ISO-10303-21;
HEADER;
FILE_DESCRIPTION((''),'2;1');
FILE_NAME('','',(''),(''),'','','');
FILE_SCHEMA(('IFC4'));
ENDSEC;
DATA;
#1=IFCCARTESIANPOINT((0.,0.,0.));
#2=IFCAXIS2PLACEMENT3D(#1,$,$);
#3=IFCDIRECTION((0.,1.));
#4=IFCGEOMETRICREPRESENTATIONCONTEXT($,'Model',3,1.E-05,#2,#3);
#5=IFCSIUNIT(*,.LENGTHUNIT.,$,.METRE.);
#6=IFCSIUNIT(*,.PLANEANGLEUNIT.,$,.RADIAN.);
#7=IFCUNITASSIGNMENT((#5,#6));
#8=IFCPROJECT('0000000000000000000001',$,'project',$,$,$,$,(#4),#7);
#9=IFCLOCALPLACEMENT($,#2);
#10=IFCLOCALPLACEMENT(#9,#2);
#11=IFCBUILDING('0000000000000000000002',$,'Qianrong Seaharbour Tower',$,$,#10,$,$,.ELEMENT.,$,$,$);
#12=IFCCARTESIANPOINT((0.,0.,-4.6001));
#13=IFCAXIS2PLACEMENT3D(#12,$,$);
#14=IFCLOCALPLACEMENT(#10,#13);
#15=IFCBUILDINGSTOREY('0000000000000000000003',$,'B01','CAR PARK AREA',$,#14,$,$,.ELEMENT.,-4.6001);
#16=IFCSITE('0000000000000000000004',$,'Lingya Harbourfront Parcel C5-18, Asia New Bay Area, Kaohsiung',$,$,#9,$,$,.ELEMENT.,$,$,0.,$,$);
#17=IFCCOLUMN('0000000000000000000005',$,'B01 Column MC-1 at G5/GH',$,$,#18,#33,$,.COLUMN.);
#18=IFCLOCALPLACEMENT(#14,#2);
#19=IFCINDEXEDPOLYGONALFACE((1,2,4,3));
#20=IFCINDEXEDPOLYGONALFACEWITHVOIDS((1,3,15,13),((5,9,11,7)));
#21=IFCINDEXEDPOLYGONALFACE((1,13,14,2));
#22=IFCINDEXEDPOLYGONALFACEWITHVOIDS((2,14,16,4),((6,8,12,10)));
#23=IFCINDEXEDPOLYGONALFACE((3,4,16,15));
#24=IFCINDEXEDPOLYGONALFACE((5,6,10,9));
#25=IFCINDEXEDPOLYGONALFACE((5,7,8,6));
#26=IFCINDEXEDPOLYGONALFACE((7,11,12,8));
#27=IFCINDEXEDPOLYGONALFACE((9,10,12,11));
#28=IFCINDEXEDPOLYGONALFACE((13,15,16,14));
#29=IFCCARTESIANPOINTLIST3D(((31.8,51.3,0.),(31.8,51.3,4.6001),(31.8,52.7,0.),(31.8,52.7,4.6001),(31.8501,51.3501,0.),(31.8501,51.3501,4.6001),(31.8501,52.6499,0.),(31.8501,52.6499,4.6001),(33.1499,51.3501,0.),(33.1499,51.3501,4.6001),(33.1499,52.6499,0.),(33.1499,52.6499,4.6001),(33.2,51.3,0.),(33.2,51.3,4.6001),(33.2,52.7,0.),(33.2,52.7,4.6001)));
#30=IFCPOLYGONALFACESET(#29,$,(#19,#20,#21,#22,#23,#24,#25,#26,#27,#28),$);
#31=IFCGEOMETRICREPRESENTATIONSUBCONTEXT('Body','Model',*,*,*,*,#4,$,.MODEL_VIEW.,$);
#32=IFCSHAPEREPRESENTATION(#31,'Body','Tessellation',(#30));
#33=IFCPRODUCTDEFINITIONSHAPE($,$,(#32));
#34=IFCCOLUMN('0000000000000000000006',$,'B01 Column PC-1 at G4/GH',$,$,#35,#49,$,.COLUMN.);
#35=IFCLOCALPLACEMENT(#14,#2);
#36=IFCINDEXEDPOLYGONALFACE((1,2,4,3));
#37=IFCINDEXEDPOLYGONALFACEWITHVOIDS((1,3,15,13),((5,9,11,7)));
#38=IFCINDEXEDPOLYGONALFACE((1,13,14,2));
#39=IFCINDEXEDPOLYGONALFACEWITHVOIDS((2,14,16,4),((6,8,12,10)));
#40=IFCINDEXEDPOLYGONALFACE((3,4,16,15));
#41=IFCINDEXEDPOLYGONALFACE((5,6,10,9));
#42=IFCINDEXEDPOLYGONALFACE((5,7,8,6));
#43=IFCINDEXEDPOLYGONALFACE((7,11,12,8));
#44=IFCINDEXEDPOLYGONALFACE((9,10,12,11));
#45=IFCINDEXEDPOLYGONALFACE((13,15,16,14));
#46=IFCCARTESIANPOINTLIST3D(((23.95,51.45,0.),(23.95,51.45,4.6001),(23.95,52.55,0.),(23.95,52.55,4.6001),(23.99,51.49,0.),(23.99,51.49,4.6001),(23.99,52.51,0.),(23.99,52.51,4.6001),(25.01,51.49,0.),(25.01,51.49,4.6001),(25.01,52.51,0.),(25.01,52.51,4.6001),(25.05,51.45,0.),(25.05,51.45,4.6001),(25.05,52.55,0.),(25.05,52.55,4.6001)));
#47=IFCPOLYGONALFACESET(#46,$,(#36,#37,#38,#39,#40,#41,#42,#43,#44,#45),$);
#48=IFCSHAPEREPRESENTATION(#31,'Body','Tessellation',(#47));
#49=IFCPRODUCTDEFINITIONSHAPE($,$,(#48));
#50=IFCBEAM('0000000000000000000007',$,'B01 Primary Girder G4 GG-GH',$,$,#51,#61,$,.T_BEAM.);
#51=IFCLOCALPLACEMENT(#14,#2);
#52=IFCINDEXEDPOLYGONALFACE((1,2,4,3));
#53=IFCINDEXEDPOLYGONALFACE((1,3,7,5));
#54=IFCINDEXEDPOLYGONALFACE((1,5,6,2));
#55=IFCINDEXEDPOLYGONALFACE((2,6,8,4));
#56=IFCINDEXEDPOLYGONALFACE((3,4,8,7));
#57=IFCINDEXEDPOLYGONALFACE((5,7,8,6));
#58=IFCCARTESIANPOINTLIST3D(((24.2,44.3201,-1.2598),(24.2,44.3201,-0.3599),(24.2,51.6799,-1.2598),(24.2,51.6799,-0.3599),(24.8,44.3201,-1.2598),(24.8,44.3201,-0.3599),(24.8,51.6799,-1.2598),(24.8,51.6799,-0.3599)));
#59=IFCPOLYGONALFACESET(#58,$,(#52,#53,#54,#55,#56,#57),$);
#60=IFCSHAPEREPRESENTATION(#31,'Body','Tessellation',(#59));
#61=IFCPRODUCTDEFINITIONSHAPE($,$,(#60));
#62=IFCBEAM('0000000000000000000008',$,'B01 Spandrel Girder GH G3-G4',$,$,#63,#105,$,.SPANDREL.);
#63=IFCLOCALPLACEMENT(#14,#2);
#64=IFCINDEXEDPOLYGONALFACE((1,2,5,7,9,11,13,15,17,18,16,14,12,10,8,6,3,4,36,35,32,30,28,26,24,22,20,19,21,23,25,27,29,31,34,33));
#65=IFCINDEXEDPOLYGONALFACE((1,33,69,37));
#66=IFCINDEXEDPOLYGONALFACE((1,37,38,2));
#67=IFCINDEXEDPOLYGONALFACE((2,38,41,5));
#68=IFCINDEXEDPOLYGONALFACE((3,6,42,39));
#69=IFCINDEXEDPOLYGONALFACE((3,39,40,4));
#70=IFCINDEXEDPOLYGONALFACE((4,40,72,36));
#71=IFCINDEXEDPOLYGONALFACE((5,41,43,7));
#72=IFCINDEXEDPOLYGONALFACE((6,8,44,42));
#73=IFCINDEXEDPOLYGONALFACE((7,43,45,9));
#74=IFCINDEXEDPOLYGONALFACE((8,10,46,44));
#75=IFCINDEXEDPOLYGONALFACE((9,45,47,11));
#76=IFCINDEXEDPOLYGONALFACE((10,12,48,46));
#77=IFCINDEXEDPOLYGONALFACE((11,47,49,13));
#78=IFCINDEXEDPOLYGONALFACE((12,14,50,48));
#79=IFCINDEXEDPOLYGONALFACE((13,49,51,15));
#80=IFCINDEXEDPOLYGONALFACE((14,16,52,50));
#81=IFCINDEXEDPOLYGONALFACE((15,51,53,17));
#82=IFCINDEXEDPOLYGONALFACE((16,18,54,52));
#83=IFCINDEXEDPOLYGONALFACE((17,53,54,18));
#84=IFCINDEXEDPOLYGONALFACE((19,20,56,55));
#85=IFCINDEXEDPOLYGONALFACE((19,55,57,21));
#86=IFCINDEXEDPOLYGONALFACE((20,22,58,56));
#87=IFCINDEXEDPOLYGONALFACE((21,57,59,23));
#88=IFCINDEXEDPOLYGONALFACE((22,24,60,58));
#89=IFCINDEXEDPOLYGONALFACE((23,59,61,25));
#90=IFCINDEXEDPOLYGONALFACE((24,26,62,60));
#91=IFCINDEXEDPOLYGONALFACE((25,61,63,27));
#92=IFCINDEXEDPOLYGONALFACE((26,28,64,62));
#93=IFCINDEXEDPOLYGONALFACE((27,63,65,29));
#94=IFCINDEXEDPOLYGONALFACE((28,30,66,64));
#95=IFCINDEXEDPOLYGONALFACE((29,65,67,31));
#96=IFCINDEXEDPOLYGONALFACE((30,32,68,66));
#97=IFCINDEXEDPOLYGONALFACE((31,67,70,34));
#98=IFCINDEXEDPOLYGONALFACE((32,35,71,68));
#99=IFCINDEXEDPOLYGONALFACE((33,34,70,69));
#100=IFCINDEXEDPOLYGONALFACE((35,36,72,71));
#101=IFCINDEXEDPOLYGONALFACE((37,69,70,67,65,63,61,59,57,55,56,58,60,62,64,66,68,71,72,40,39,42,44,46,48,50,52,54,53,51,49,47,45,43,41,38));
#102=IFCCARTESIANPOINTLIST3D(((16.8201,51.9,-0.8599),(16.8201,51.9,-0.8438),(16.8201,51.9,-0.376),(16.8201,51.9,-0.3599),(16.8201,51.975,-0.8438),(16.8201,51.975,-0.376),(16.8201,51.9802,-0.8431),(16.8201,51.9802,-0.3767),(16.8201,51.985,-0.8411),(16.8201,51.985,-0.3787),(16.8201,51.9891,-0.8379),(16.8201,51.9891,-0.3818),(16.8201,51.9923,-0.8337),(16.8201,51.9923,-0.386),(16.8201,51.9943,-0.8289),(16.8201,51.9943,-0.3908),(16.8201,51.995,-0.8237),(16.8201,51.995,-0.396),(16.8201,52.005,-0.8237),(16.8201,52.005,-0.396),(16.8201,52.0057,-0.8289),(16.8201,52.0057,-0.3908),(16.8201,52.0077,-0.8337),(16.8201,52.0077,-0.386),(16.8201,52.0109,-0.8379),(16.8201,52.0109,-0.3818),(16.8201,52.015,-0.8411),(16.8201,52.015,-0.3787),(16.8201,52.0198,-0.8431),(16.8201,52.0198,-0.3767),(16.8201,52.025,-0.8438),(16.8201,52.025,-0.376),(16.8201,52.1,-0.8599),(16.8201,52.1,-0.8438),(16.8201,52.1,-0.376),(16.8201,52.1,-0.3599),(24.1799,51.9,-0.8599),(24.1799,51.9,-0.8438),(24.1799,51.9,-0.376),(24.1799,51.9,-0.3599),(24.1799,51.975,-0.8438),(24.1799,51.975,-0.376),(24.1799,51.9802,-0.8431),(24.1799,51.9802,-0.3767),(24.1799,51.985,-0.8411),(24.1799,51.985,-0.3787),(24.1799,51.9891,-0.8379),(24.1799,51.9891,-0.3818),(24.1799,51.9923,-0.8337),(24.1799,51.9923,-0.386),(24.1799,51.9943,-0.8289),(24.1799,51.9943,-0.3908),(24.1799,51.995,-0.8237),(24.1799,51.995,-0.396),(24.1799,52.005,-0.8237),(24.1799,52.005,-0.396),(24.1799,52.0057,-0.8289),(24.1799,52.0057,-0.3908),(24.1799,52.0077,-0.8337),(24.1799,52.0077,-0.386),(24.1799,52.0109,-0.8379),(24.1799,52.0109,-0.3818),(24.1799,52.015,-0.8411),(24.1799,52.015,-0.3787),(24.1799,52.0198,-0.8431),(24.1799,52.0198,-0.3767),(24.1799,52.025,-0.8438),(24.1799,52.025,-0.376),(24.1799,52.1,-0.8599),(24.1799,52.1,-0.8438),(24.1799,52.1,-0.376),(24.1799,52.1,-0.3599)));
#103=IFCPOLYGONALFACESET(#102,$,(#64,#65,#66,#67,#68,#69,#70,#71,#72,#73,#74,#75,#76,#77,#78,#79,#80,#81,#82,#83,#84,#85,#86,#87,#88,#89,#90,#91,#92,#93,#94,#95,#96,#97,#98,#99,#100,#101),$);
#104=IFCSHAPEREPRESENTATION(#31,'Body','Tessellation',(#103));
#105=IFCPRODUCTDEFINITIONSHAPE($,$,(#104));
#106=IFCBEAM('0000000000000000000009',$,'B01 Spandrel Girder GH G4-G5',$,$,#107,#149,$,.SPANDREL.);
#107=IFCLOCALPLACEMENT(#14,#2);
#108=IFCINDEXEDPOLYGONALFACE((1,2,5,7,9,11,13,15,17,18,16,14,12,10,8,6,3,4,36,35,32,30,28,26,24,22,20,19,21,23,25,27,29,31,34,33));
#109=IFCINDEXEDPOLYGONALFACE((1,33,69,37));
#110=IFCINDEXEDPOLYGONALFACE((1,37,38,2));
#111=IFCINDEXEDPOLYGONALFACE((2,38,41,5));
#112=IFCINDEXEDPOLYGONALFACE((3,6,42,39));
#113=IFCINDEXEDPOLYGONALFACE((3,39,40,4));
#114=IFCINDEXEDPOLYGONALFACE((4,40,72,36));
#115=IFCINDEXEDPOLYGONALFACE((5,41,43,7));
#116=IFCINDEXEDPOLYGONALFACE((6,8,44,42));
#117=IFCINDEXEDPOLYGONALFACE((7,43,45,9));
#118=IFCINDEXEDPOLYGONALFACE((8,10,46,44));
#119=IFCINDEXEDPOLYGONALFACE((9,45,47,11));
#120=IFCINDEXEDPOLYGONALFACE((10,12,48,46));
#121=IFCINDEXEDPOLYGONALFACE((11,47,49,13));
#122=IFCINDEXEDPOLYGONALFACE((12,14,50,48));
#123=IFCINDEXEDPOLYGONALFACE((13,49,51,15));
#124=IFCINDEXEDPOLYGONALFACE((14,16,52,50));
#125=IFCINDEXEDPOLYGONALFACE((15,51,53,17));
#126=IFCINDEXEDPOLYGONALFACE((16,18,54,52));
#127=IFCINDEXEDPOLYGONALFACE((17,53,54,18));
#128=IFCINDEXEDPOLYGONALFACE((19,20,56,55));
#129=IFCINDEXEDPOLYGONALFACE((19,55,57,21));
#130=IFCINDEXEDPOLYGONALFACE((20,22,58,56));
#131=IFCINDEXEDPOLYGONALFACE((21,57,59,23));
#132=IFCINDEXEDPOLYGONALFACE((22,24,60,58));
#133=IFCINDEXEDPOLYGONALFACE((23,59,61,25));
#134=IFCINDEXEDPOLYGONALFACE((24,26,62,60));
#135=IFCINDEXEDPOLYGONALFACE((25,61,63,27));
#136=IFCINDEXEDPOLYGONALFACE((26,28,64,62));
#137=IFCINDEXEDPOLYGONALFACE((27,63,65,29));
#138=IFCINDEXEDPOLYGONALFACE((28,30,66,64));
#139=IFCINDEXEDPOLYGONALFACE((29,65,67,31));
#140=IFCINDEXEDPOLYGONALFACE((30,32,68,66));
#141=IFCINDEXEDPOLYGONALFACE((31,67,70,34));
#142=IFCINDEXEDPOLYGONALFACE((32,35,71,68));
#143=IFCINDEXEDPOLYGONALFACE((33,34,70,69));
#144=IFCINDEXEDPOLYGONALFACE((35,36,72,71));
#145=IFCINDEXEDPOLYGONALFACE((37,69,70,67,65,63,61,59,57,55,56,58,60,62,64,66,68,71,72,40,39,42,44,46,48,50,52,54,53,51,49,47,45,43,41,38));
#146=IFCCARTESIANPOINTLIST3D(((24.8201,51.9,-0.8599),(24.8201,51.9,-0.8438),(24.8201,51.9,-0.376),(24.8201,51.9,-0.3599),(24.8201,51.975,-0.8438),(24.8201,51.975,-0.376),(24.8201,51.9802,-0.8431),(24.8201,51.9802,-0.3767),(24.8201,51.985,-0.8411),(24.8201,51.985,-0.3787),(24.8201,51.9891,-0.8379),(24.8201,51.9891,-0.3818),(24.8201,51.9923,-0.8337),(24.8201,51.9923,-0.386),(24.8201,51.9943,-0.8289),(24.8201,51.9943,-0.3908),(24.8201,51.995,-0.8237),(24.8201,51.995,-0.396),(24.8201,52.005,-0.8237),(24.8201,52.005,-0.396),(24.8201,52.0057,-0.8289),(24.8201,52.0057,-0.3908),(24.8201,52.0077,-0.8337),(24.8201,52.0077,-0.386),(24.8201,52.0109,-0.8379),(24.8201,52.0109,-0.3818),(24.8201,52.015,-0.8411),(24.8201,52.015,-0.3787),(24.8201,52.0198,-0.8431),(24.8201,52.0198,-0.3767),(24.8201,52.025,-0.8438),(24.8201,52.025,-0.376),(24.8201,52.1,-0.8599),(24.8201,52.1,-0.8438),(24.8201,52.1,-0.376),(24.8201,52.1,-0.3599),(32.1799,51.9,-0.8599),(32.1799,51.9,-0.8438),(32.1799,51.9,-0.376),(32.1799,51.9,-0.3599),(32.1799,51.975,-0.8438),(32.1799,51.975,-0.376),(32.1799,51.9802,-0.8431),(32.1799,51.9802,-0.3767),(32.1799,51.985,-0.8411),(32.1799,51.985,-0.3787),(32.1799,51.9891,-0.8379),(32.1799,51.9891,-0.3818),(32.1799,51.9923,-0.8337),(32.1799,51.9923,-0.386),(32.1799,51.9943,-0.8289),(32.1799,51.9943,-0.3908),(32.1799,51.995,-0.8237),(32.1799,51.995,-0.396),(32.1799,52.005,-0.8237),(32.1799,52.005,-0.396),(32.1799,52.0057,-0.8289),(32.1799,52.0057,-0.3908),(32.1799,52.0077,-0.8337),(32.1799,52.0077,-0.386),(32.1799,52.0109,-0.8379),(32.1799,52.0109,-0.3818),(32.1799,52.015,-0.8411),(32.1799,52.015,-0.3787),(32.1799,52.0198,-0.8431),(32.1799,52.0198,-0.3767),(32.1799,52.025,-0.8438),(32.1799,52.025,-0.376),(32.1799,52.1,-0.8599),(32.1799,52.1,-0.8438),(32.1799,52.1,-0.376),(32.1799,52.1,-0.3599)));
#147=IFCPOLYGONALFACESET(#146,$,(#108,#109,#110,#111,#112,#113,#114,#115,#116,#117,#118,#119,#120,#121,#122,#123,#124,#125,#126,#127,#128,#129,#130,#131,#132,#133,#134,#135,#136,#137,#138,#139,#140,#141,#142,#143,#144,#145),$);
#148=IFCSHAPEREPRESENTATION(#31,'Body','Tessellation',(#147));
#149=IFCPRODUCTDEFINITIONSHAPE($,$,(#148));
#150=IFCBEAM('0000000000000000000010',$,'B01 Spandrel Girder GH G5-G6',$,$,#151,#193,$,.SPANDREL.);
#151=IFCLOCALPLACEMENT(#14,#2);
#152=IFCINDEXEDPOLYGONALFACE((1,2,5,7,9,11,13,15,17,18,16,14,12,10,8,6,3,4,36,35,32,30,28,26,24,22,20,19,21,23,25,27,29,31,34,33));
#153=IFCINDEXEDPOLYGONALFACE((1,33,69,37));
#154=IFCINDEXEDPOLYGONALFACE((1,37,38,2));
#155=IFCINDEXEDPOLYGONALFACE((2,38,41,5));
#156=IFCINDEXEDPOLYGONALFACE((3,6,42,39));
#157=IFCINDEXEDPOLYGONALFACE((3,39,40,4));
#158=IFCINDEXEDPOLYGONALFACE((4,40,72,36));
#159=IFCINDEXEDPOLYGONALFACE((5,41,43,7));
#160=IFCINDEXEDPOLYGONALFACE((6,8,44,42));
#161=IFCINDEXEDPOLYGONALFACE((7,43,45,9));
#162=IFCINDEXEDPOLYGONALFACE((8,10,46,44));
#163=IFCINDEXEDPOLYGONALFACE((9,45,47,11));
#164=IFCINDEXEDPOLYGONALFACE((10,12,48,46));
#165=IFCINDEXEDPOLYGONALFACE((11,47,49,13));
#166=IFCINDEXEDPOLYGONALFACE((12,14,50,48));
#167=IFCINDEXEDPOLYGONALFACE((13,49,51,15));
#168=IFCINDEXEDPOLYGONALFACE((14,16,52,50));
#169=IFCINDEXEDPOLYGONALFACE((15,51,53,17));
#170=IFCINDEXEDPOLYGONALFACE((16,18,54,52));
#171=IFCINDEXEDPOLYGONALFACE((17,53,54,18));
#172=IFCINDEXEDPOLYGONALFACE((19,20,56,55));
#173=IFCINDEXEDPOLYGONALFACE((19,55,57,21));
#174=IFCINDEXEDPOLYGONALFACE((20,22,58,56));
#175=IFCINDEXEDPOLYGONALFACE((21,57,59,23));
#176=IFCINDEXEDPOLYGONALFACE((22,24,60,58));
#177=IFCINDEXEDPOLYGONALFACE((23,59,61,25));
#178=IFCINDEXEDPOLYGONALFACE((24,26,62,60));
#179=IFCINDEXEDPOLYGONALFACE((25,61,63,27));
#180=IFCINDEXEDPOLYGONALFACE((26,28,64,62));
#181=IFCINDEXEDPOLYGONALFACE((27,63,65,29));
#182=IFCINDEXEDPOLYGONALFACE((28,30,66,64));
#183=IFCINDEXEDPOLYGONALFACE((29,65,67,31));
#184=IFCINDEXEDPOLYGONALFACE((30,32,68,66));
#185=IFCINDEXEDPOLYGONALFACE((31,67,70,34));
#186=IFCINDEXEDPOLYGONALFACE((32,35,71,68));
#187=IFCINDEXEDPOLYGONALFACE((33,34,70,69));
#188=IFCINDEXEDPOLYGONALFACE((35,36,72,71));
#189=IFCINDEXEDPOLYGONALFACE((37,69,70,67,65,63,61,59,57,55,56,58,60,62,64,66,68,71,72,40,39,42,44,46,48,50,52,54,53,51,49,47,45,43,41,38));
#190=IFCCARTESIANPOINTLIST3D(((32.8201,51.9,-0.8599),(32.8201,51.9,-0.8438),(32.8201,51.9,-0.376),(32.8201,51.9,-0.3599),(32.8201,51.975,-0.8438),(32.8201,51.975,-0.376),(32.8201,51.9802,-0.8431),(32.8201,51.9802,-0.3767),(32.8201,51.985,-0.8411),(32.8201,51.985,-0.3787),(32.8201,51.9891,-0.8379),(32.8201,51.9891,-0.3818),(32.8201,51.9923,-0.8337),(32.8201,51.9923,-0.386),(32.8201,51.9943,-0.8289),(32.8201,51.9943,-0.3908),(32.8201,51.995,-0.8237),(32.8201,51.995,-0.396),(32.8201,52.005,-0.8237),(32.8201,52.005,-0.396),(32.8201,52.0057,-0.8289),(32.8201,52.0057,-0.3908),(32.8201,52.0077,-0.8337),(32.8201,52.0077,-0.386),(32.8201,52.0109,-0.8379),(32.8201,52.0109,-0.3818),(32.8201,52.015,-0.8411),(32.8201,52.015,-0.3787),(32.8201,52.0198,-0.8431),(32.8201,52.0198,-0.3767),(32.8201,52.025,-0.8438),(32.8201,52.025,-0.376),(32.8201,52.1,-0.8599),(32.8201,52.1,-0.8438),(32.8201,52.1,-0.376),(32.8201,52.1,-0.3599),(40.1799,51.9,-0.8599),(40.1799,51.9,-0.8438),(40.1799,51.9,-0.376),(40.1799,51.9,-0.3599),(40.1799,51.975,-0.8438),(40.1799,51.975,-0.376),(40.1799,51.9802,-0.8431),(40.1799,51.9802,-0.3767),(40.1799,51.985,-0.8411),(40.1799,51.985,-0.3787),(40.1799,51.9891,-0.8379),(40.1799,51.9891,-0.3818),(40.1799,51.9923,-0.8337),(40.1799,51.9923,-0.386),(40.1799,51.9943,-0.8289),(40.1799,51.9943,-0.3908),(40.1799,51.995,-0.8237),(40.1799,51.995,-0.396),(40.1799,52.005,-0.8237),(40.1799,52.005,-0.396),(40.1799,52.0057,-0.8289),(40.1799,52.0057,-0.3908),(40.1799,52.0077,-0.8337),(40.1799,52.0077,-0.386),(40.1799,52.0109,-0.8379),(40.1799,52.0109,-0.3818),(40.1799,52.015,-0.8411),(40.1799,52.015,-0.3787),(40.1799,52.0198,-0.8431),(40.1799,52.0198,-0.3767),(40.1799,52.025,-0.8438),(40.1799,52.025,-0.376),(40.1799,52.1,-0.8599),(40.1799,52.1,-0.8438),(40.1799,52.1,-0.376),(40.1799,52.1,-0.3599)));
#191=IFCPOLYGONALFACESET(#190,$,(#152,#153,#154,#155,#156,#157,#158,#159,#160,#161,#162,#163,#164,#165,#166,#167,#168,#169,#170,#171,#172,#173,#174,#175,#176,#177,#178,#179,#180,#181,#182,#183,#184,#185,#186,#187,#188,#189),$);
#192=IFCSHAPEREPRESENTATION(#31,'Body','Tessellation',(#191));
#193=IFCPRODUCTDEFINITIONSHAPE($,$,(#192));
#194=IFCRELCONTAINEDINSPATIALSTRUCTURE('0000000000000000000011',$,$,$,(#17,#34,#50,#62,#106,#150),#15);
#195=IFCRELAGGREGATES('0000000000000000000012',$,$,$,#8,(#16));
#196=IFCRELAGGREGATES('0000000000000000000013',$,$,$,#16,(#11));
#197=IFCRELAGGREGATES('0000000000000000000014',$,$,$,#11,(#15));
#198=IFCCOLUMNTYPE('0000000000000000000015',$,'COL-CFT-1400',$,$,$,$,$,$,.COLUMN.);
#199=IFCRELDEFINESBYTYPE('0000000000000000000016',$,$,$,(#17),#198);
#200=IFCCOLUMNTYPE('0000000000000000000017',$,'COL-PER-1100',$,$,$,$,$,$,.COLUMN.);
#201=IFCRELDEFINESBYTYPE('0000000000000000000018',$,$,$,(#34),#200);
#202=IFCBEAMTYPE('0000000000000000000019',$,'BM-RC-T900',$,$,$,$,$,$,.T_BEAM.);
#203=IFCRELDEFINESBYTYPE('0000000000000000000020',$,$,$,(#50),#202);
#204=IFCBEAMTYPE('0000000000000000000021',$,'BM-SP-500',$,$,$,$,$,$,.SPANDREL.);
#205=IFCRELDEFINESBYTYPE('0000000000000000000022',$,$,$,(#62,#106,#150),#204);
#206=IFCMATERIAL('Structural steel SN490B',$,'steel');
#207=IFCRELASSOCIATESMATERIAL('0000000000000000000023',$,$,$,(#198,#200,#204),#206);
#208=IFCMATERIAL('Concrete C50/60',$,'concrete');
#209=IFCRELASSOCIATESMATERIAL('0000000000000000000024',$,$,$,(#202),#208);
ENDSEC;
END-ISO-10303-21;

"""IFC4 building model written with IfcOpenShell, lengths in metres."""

from ifc_helpers import new_model, si_unit, direction, frame, origin, origin_2d, place, context, subcontext, project, spatial, rectangle, hollow_rectangle, i_section, extrude, material, material_profile, profile_set, type_object, element, save


model = new_model("IFC4")

# Units and contexts
model_context = context("Model", 3, precision=1e-05, world=origin(), true_north=direction((0.0, 1.0)))
body_context = subcontext(model_context, "Body", "Model", "MODEL_VIEW")
ifc_project = project(units=[si_unit("LENGTHUNIT", "METRE"), si_unit("PLANEANGLEUNIT", "RADIAN")], contexts=[model_context])

# Site, building, storey
site_placement = place(None, origin())
site = spatial("IfcSite", under=ifc_project, at=site_placement, Name="Lingya Harbourfront Parcel C5-18, Asia New Bay Area, Kaohsiung", CompositionType="ELEMENT", RefElevation=0.0)
building_placement = place(site_placement, origin())
building = spatial("IfcBuilding", under=site, at=building_placement, Name="Qianrong Seaharbour Tower", CompositionType="ELEMENT")
storey_placement = place(building_placement, frame((0.0, 0.0, -4.6001)))
storey = spatial("IfcBuildingStorey", under=building, at=storey_placement, Name="B01", Description="CAR PARK AREA", CompositionType="ELEMENT", Elevation=-4.6001)

# Columns
ifc_material_1 = material(Name="Structural steel SN490B", Category="steel")
ifc_material_profile_1 = material_profile(ifc_material_1, hollow_rectangle(XDim=1.3999, YDim=1.3999, WallThickness=0.05, at=origin_2d()), Name="BOX1400x1400x50")
ifc_profile_set_1 = profile_set([ifc_material_profile_1], Name="Structural steel SN490B")
column_type_1 = type_object("IfcColumnType", Name="COL-CFT-1400", PredefinedType="COLUMN", material=ifc_profile_set_1)
column_1_placement = place(storey_placement, frame((32.5, 52.0, 0.0), z_axis=(0.0, 0.0, 1.0), x_axis=(1.0, 0.0, 0.0)))
element("IfcColumn", 1, at=column_1_placement, inside=storey, type_object=column_type_1, Name="B01 Column MC-1 at G5/GH", PredefinedType="COLUMN", context=body_context, shape_type="SweptSolid", body=[
    extrude(hollow_rectangle(XDim=1.3999, YDim=1.3999, WallThickness=0.05, at=origin_2d()), origin(), (0.0, 0.0, 1.0), 4.6001),
])
ifc_material_profile_2 = material_profile(ifc_material_1, hollow_rectangle(XDim=1.1001, YDim=1.1001, WallThickness=0.04, at=origin_2d()), Name="BOX1100x1100x40")
ifc_profile_set_2 = profile_set([ifc_material_profile_2], Name="Structural steel SN490B")
column_type_2 = type_object("IfcColumnType", Name="COL-PER-1100", PredefinedType="COLUMN", material=ifc_profile_set_2)
column_2_placement = place(storey_placement, frame((24.5, 52.0, 0.0), z_axis=(0.0, 0.0, 1.0), x_axis=(1.0, 0.0, 0.0)))
element("IfcColumn", 2, at=column_2_placement, inside=storey, type_object=column_type_2, Name="B01 Column PC-1 at G4/GH", PredefinedType="COLUMN", context=body_context, shape_type="SweptSolid", body=[
    extrude(hollow_rectangle(XDim=1.1001, YDim=1.1001, WallThickness=0.04, at=origin_2d()), origin(), (0.0, 0.0, 1.0), 4.6001),
])

# Beams
ifc_material_2 = material(Name="Concrete C50/60", Category="concrete")
ifc_material_profile_3 = material_profile(ifc_material_2, rectangle(XDim=0.6001, YDim=0.8999, at=origin_2d()), Name="RC600x900")
ifc_profile_set_3 = profile_set([ifc_material_profile_3], Name="Concrete C50/60")
beam_type_1 = type_object("IfcBeamType", Name="BM-RC-T900", PredefinedType="T_BEAM", material=ifc_profile_set_3)
beam_placement = place(storey_placement, frame((24.5, 44.3201, -0.8098), z_axis=(0.0, 1.0, 0.0), x_axis=(-1.0, 0.0, 0.0)))
element("IfcBeam", 3, at=beam_placement, inside=storey, type_object=beam_type_1, Name="B01 Primary Girder G4 GG-GH", PredefinedType="T_BEAM", context=body_context, shape_type="SweptSolid", body=[
    extrude(rectangle(XDim=0.6001, YDim=0.8999, at=origin_2d()), origin(), (0.0, 0.0, 1.0), 7.3599),
])
ifc_material_profile_4 = material_profile(ifc_material_1, i_section(OverallWidth=0.2, OverallDepth=0.5, WebThickness=0.01, FlangeThickness=0.0161, FilletRadius=0.02, at=origin_2d()), Name="H500x200x10x16")
ifc_profile_set_4 = profile_set([ifc_material_profile_4], Name="Structural steel SN490B")
beam_type_2 = type_object("IfcBeamType", Name="BM-SP-500", PredefinedType="SPANDREL", material=ifc_profile_set_4)
for number, where, z_axis, x_axis, name in (
    (4, (16.8201, 52.0, -0.6099), (1.0, 0.0, 0.0), (0.0, 1.0, 0.0), "B01 Spandrel Girder GH G3-G4"),
    (5, (24.8201, 52.0, -0.6099), (1.0, 0.0, 0.0), (0.0, 1.0, 0.0), "B01 Spandrel Girder GH G4-G5"),
    (6, (32.8201, 52.0, -0.6099), (1.0, 0.0, 0.0), (0.0, 1.0, 0.0), "B01 Spandrel Girder GH G5-G6"),
):
    element("IfcBeam", number, at=place(storey_placement, frame(where, z_axis=z_axis, x_axis=x_axis)), inside=storey, type_object=beam_type_2, Name=name, PredefinedType="SPANDREL", context=body_context, shape_type="SweptSolid", body=[
        extrude(i_section(OverallWidth=0.2, OverallDepth=0.5, WebThickness=0.01, FlangeThickness=0.0161, FilletRadius=0.02, at=origin_2d()), origin(), (0.0, 0.0, 1.0), 7.3599),
    ])

save(model, "model.ifc")
